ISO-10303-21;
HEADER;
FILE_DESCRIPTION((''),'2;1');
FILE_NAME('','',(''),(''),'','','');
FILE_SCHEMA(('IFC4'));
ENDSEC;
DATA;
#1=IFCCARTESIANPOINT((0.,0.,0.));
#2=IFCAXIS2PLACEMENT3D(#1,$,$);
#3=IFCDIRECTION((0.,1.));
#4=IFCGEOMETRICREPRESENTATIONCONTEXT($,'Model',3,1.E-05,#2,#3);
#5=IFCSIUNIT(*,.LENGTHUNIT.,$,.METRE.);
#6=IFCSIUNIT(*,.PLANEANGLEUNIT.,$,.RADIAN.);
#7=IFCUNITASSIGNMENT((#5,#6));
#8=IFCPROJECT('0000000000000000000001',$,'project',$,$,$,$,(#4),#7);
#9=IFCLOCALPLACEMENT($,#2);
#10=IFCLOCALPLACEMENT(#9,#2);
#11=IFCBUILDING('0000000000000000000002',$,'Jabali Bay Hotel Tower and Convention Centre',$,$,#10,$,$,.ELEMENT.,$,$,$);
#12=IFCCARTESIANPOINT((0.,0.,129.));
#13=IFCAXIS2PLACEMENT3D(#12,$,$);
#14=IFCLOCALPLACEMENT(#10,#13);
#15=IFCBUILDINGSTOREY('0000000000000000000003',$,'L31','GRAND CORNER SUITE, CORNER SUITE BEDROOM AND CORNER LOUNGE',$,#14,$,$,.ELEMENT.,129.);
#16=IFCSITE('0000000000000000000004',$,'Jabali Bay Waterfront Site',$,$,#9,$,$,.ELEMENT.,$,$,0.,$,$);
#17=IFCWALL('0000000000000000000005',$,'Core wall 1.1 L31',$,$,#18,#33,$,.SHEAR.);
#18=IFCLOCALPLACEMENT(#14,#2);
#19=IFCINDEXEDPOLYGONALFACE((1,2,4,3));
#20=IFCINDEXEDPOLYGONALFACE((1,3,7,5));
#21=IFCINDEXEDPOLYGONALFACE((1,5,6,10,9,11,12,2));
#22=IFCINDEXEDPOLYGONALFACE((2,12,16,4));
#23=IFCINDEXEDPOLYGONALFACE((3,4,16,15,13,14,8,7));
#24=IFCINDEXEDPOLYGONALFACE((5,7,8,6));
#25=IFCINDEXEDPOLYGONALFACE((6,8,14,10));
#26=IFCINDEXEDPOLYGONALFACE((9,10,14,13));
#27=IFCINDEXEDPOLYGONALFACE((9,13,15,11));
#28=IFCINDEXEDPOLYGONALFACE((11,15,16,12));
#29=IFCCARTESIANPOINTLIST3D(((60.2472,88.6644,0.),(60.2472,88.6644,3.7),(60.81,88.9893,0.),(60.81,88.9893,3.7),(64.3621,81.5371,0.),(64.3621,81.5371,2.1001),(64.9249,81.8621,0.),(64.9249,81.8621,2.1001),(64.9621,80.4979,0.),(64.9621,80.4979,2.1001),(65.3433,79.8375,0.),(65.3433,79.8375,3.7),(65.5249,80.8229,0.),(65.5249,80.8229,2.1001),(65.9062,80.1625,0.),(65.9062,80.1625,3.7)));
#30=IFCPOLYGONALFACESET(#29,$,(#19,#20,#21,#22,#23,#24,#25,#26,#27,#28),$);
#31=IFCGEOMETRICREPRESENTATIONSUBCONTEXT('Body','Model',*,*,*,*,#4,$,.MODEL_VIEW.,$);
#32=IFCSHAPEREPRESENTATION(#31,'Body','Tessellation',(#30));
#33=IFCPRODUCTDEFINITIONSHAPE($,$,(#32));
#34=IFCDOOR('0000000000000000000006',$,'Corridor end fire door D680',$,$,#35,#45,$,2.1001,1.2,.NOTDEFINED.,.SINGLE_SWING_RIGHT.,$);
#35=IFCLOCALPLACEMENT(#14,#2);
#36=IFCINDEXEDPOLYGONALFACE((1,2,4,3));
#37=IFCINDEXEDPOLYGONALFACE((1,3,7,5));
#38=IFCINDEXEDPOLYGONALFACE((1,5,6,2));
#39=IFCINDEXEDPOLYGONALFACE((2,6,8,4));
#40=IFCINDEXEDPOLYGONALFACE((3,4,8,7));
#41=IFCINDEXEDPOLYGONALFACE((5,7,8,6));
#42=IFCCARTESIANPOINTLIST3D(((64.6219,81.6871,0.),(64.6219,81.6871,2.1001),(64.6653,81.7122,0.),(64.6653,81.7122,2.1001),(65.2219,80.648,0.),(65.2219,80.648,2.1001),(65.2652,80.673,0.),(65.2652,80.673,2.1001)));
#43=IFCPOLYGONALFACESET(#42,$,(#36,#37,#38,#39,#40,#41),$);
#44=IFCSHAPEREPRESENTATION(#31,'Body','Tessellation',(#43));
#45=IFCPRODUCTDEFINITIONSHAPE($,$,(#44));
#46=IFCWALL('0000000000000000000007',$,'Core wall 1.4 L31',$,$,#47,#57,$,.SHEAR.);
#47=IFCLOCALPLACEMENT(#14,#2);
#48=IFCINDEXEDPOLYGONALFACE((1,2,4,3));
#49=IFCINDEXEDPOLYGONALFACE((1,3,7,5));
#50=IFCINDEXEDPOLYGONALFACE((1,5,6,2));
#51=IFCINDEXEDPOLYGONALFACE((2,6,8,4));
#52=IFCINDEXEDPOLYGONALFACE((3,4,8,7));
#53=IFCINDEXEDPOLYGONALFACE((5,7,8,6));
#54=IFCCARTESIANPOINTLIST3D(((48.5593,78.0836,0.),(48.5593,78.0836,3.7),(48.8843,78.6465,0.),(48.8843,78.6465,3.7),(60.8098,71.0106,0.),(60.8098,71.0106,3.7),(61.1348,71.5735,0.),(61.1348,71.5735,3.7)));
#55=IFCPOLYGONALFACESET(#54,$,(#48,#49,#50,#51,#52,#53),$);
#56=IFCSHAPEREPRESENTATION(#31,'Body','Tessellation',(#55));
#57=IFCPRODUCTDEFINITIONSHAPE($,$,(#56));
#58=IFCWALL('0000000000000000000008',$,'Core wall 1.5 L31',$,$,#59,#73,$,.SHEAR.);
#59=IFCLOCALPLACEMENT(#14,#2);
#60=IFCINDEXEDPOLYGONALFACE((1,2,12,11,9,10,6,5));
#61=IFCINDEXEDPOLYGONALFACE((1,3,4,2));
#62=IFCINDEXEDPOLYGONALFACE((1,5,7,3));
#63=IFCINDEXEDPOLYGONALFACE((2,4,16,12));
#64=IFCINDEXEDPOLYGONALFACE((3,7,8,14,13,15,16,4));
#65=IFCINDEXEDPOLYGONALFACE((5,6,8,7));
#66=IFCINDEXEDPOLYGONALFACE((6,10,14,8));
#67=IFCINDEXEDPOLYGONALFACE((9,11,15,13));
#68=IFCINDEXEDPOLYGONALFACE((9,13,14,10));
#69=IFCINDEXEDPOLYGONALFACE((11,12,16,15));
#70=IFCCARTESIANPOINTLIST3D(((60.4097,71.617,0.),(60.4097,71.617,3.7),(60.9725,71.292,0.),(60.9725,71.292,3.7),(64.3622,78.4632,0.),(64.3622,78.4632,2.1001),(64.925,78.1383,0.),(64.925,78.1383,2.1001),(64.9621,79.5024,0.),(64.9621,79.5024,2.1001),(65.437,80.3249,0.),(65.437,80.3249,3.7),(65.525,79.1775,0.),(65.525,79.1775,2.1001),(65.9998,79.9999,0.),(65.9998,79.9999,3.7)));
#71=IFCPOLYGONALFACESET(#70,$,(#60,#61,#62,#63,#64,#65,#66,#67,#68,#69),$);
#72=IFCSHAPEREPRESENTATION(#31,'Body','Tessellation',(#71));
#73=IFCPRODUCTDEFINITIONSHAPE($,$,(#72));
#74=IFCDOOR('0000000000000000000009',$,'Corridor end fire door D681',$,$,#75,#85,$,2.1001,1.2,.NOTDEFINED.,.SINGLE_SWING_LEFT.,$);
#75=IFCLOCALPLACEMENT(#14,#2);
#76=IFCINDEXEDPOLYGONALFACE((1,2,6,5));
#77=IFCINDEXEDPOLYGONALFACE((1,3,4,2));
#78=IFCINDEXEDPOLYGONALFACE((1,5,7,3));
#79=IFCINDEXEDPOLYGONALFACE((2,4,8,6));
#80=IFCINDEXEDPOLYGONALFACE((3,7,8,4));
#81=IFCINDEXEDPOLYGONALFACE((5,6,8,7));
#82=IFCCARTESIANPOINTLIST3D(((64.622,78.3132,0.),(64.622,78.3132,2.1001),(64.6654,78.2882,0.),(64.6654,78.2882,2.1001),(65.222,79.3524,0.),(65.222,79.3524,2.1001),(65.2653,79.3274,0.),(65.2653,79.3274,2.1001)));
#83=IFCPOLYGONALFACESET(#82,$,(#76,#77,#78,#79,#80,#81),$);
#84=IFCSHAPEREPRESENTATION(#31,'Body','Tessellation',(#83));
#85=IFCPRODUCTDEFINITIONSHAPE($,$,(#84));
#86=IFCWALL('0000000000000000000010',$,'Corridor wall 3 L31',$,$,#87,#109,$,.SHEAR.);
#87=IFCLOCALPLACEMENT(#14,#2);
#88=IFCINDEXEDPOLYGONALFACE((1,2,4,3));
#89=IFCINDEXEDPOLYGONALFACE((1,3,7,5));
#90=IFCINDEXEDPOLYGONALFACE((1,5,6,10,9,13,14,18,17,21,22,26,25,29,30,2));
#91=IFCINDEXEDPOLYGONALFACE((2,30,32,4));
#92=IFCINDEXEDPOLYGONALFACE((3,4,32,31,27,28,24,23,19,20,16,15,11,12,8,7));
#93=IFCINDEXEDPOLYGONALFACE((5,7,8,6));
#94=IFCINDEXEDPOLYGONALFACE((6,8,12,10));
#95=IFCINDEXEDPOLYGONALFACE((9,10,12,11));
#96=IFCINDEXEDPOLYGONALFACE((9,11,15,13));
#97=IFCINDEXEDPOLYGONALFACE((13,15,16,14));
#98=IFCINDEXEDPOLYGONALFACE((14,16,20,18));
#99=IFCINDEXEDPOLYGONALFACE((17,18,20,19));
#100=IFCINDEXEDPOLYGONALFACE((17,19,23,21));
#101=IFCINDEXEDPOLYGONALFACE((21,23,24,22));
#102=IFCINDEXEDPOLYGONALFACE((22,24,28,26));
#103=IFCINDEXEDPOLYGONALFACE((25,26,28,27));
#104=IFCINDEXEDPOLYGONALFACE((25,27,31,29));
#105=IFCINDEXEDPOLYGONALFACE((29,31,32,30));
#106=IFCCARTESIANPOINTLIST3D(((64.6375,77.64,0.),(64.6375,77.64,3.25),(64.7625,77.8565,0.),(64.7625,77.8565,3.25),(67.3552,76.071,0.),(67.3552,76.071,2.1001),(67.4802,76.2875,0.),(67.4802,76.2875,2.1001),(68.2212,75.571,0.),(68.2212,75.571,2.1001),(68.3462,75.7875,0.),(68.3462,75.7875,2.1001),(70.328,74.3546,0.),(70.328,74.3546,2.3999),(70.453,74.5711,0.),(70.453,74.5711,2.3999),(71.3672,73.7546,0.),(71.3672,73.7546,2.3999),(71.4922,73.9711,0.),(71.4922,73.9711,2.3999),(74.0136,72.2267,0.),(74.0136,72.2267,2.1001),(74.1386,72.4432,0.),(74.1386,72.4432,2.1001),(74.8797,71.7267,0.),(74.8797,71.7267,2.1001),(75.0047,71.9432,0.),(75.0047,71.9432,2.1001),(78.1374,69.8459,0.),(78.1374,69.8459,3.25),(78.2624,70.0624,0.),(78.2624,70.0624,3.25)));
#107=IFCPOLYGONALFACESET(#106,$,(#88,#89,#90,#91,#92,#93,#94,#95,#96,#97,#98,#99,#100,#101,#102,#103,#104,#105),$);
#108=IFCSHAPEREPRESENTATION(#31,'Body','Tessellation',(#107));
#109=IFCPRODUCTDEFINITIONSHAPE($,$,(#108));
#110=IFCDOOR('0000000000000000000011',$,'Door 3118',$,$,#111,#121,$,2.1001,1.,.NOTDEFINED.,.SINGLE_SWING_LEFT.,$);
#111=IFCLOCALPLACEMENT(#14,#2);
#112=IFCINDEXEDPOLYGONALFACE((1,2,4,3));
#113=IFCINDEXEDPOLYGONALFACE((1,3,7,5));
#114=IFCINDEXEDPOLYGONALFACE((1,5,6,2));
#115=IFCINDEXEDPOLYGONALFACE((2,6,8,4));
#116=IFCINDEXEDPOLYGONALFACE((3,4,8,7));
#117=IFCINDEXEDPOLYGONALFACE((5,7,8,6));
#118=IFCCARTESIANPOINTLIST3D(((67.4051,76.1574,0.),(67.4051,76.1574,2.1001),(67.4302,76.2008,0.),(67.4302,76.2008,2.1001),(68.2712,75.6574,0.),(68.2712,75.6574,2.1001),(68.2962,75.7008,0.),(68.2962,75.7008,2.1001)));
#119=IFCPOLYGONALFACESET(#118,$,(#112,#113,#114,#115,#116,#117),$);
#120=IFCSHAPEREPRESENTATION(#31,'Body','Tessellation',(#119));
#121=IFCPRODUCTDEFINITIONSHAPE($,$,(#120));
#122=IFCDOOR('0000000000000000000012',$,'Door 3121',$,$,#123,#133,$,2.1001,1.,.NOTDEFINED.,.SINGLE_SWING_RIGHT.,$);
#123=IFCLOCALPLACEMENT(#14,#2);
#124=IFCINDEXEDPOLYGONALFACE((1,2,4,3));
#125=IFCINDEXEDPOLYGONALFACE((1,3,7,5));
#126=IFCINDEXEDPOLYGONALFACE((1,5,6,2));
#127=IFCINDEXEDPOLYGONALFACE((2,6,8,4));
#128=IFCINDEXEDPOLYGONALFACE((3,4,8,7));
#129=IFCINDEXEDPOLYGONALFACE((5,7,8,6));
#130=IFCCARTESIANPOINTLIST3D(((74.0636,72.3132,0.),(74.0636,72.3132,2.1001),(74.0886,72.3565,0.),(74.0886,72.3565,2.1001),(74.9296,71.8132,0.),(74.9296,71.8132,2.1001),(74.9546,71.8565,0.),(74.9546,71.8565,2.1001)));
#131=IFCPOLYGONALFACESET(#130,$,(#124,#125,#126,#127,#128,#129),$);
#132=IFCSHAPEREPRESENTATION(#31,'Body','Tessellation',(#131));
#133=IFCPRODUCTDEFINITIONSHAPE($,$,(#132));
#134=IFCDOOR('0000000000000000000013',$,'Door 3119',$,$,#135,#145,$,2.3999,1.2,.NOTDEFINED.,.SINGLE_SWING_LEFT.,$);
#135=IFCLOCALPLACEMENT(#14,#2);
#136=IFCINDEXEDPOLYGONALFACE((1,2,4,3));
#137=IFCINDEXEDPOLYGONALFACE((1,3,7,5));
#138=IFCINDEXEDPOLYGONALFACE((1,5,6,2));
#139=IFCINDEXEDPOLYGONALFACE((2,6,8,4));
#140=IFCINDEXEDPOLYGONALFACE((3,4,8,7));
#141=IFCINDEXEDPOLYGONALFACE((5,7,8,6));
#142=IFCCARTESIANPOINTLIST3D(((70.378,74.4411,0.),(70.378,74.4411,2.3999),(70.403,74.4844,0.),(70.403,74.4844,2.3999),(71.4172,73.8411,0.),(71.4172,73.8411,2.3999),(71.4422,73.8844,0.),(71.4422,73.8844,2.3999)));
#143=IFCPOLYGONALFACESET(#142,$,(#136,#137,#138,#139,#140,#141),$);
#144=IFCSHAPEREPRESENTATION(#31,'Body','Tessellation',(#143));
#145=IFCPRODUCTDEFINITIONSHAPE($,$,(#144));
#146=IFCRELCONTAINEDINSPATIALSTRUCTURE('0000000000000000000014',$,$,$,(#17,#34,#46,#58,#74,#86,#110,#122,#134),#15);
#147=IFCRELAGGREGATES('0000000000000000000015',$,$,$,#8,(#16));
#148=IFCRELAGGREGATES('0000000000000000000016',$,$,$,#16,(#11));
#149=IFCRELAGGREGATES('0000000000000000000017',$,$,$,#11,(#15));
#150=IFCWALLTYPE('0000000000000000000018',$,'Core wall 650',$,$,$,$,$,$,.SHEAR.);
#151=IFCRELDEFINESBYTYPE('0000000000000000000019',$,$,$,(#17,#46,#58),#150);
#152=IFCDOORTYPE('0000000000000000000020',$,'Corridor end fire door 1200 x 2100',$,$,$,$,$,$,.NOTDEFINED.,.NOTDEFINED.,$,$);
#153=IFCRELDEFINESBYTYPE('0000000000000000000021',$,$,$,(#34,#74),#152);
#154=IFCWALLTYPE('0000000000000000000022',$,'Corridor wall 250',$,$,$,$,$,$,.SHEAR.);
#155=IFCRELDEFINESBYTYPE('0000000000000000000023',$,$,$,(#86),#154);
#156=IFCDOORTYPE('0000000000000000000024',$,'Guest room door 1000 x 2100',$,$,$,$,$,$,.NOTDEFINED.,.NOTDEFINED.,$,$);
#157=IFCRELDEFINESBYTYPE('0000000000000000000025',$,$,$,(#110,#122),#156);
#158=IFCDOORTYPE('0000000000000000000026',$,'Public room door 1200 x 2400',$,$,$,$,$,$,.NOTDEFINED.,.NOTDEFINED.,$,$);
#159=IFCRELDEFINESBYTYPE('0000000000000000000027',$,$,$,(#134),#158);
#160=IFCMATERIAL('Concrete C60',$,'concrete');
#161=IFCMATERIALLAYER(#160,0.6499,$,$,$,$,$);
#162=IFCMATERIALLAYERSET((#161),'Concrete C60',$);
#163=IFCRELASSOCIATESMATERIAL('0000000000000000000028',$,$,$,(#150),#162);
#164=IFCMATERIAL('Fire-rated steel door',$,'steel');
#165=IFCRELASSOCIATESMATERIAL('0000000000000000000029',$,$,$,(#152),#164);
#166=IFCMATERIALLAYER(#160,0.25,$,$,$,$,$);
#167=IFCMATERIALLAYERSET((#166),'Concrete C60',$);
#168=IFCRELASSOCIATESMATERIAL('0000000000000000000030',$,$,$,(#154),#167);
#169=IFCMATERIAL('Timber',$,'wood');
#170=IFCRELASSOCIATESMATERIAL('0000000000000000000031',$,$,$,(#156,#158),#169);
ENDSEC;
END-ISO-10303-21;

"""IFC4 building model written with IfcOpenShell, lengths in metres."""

from ifc_helpers import new_model, si_unit, direction, frame, frame_2d, origin, place, context, subcontext, project, spatial, rectangle, extrude, material, layer, layer_set, type_object, element, fill, save


model = new_model("IFC4")

# Units and contexts
model_context = context("Model", 3, precision=1e-05, world=origin(), true_north=direction((0.0, 1.0)))
body_context = subcontext(model_context, "Body", "Model", "MODEL_VIEW")
ifc_project = project(units=[si_unit("LENGTHUNIT", "METRE"), si_unit("PLANEANGLEUNIT", "RADIAN")], contexts=[model_context])

# Site, building, storey
site_placement = place(None, origin())
site = spatial("IfcSite", under=ifc_project, at=site_placement, Name="Jabali Bay Waterfront Site", CompositionType="ELEMENT", RefElevation=0.0)
building_placement = place(site_placement, origin())
building = spatial("IfcBuilding", under=site, at=building_placement, Name="Jabali Bay Hotel Tower and Convention Centre", CompositionType="ELEMENT")
storey_placement = place(building_placement, frame((0.0, 0.0, 129.0)))
storey = spatial("IfcBuildingStorey", under=building, at=storey_placement, Name="L31", Description="GRAND CORNER SUITE, CORNER SUITE BEDROOM AND CORNER LOUNGE", CompositionType="ELEMENT", Elevation=129.0)

# Shared definitions
ifc_material_1 = material(Name="Fire-rated steel door", Category="steel")

# Wall, opening, door
ifc_material_2 = material(Name="Concrete C60", Category="concrete")
ifc_layer_1 = layer(ifc_material_2, 0.6499)
ifc_layer_set_1 = layer_set([ifc_layer_1], Name="Concrete C60")
wall_type_1 = type_object("IfcWallType", Name="Core wall 650", PredefinedType="SHEAR", material=ifc_layer_set_1)
wall_1_placement = place(storey_placement, frame((65.6248, 80.0, 0.0), z_axis=(0.0, 0.0, 1.0), x_axis=(-0.499998, 0.866026, 0.0)))
wall_1 = element("IfcWall", 1, at=wall_1_placement, inside=storey, type_object=wall_type_1, Name="Core wall 1.1 L31", PredefinedType="SHEAR", context=body_context, shape_type="SweptSolid", body=[
    extrude(rectangle(XDim=10.1924, YDim=0.6499, at=frame_2d((5.0962, 0.0))), origin(), (0.0, 0.0, 1.0), 3.7),
])
opening_1_placement = place(wall_1_placement, frame((0.7625, 0.0, 0.0)))
opening_1 = element("IfcOpeningElement", 2, at=opening_1_placement, cuts=wall_1, PredefinedType="OPENING", context=body_context, shape_type="SweptSolid", body=[
    extrude(rectangle(XDim=1.2, YDim=2.1001, at=frame_2d((0.6001, 1.05))), frame((0.0, 0.3354, 0.0), z_axis=(0.0, -1.0, 0.0), x_axis=(1.0, 0.0, 0.0)), (0.0, 0.0, 1.0), 0.6709),
])
door_type_1 = type_object("IfcDoorType", Name="Corridor end fire door 1200 x 2100", OperationType="NOTDEFINED", PredefinedType="NOTDEFINED", material=ifc_material_1)
door_1_placement = place(opening_1_placement, origin())
door_1 = element("IfcDoor", 3, at=door_1_placement, inside=storey, type_object=door_type_1, Name="Corridor end fire door D680", OperationType="SINGLE_SWING_RIGHT", OverallHeight=2.1001, OverallWidth=1.2, PredefinedType="NOTDEFINED", context=body_context, shape_type="SweptSolid", body=[
    extrude(rectangle(XDim=1.2, YDim=2.1001, at=frame_2d((0.6001, 1.05))), frame((0.0, 0.0249, 0.0), z_axis=(0.0, -1.0, 0.0), x_axis=(1.0, 0.0, 0.0)), (0.0, 0.0, 1.0), 0.05),
])
fill(opening_1, door_1)

# Wall
wall_2_placement = place(storey_placement, frame((48.7219, 78.365, 0.0), z_axis=(0.0, 0.0, 1.0), x_axis=(0.86602, -0.500009, 0.0)))
element("IfcWall", 4, at=wall_2_placement, inside=storey, type_object=wall_type_1, Name="Core wall 1.4 L31", PredefinedType="SHEAR", context=body_context, shape_type="SweptSolid", body=[
    extrude(rectangle(XDim=14.1458, YDim=0.6499, at=frame_2d((7.0728, 0.0))), origin(), (0.0, 0.0, 1.0), 3.7),
])

# Wall, opening, door
wall_3_placement = place(storey_placement, frame((60.6912, 71.4546, 0.0), z_axis=(0.0, 0.0, 1.0), x_axis=(0.499983, 0.866035, 0.0)))
wall_3 = element("IfcWall", 5, at=wall_3_placement, inside=storey, type_object=wall_type_1, Name="Core wall 1.5 L31", PredefinedType="SHEAR", context=body_context, shape_type="SweptSolid", body=[
    extrude(rectangle(XDim=10.0549, YDim=0.6499, at=frame_2d((5.0273, 0.0))), origin(), (0.0, 0.0, 1.0), 3.7),
])
opening_2_placement = place(wall_3_placement, frame((7.905, 0.0, 0.0)))
opening_2 = element("IfcOpeningElement", 6, at=opening_2_placement, cuts=wall_3, PredefinedType="OPENING", context=body_context, shape_type="SweptSolid", body=[
    extrude(rectangle(XDim=1.2, YDim=2.1001, at=frame_2d((0.6001, 1.05))), frame((0.0, 0.3354, 0.0), z_axis=(0.0, -1.0, 0.0), x_axis=(1.0, 0.0, 0.0)), (0.0, 0.0, 1.0), 0.6709),
])
door_2_placement = place(opening_2_placement, origin())
door_2 = element("IfcDoor", 7, at=door_2_placement, inside=storey, type_object=door_type_1, Name="Corridor end fire door D681", OperationType="SINGLE_SWING_LEFT", OverallHeight=2.1001, OverallWidth=1.2, PredefinedType="NOTDEFINED", context=body_context, shape_type="SweptSolid", body=[
    extrude(rectangle(XDim=1.2, YDim=2.1001, at=frame_2d((0.6001, 1.05))), frame((0.0, 0.0249, 0.0), z_axis=(0.0, -1.0, 0.0), x_axis=(1.0, 0.0, 0.0)), (0.0, 0.0, 1.0), 0.05),
])
fill(opening_2, door_2)

# Wall, openings, doors
ifc_layer_2 = layer(ifc_material_2, 0.25)
ifc_layer_set_2 = layer_set([ifc_layer_2], Name="Concrete C60")
wall_type_2 = type_object("IfcWallType", Name="Corridor wall 250", PredefinedType="SHEAR", material=ifc_layer_set_2)
wall_4_placement = place(storey_placement, frame((64.7, 77.7483, 0.0), z_axis=(0.0, 0.0, 1.0), x_axis=(0.866026, -0.499998, 0.0)))
wall_4 = element("IfcWall", 8, at=wall_4_placement, inside=storey, type_object=wall_type_2, Name="Corridor wall 3 L31", PredefinedType="SHEAR", context=body_context, shape_type="SweptSolid", body=[
    extrude(rectangle(XDim=15.5884, YDim=0.25, at=frame_2d((7.7942, 0.0))), origin(), (0.0, 0.0, 1.0), 3.25),
])
opening_3_placement = place(wall_4_placement, frame((3.1382, 0.0, 0.0)))
opening_3 = element("IfcOpeningElement", 9, at=opening_3_placement, cuts=wall_4, PredefinedType="OPENING", context=body_context, shape_type="SweptSolid", body=[
    extrude(rectangle(XDim=1.0, YDim=2.1001, at=frame_2d((0.5, 1.05))), frame((0.0, 0.1355, 0.0), z_axis=(0.0, -1.0, 0.0), x_axis=(1.0, 0.0, 0.0)), (0.0, 0.0, 1.0), 0.271),
])
opening_4_placement = place(wall_4_placement, frame((6.5708, 0.0, 0.0)))
opening_4 = element("IfcOpeningElement", 10, at=opening_4_placement, cuts=wall_4, PredefinedType="OPENING", context=body_context, shape_type="SweptSolid", body=[
    extrude(rectangle(XDim=1.2, YDim=2.3999, at=frame_2d((0.6001, 1.2))), frame((0.0, 0.1355, 0.0), z_axis=(0.0, -1.0, 0.0), x_axis=(1.0, 0.0, 0.0)), (0.0, 0.0, 1.0), 0.271),
])
opening_5_placement = place(wall_4_placement, frame((10.8267, 0.0, 0.0)))
opening_5 = element("IfcOpeningElement", 11, at=opening_5_placement, cuts=wall_4, PredefinedType="OPENING", context=body_context, shape_type="SweptSolid", body=[
    extrude(rectangle(XDim=1.0, YDim=2.1001, at=frame_2d((0.5, 1.05))), frame((0.0, 0.1355, 0.0), z_axis=(0.0, -1.0, 0.0), x_axis=(1.0, 0.0, 0.0)), (0.0, 0.0, 1.0), 0.271),
])
ifc_material_3 = material(Name="Timber", Category="wood")
door_type_2 = type_object("IfcDoorType", Name="Guest room door 1000 x 2100", OperationType="NOTDEFINED", PredefinedType="NOTDEFINED", material=ifc_material_3)
door_3_placement = place(opening_3_placement, origin())
door_3 = element("IfcDoor", 12, at=door_3_placement, inside=storey, type_object=door_type_2, Name="Door 3118", OperationType="SINGLE_SWING_LEFT", OverallHeight=2.1001, OverallWidth=1.0, PredefinedType="NOTDEFINED", context=body_context, shape_type="SweptSolid", body=[
    extrude(rectangle(XDim=1.0, YDim=2.1001, at=frame_2d((0.5, 1.05))), frame((0.0, 0.0249, 0.0), z_axis=(0.0, -1.0, 0.0), x_axis=(1.0, 0.0, 0.0)), (0.0, 0.0, 1.0), 0.05),
])
fill(opening_3, door_3)
door_4_placement = place(opening_5_placement, origin())
door_4 = element("IfcDoor", 13, at=door_4_placement, inside=storey, type_object=door_type_2, Name="Door 3121", OperationType="SINGLE_SWING_RIGHT", OverallHeight=2.1001, OverallWidth=1.0, PredefinedType="NOTDEFINED", context=body_context, shape_type="SweptSolid", body=[
    extrude(rectangle(XDim=1.0, YDim=2.1001, at=frame_2d((0.5, 1.05))), frame((0.0, 0.0249, 0.0), z_axis=(0.0, -1.0, 0.0), x_axis=(1.0, 0.0, 0.0)), (0.0, 0.0, 1.0), 0.05),
])
fill(opening_5, door_4)
door_type_3 = type_object("IfcDoorType", Name="Public room door 1200 x 2400", OperationType="NOTDEFINED", PredefinedType="NOTDEFINED", material=ifc_material_3)
door_5_placement = place(opening_4_placement, origin())
door_5 = element("IfcDoor", 14, at=door_5_placement, inside=storey, type_object=door_type_3, Name="Door 3119", OperationType="SINGLE_SWING_LEFT", OverallHeight=2.3999, OverallWidth=1.2, PredefinedType="NOTDEFINED", context=body_context, shape_type="SweptSolid", body=[
    extrude(rectangle(XDim=1.2, YDim=2.3999, at=frame_2d((0.6001, 1.2))), frame((0.0, 0.0249, 0.0), z_axis=(0.0, -1.0, 0.0), x_axis=(1.0, 0.0, 0.0)), (0.0, 0.0, 1.0), 0.05),
])
fill(opening_4, door_5)

save(model, "model.ifc")
